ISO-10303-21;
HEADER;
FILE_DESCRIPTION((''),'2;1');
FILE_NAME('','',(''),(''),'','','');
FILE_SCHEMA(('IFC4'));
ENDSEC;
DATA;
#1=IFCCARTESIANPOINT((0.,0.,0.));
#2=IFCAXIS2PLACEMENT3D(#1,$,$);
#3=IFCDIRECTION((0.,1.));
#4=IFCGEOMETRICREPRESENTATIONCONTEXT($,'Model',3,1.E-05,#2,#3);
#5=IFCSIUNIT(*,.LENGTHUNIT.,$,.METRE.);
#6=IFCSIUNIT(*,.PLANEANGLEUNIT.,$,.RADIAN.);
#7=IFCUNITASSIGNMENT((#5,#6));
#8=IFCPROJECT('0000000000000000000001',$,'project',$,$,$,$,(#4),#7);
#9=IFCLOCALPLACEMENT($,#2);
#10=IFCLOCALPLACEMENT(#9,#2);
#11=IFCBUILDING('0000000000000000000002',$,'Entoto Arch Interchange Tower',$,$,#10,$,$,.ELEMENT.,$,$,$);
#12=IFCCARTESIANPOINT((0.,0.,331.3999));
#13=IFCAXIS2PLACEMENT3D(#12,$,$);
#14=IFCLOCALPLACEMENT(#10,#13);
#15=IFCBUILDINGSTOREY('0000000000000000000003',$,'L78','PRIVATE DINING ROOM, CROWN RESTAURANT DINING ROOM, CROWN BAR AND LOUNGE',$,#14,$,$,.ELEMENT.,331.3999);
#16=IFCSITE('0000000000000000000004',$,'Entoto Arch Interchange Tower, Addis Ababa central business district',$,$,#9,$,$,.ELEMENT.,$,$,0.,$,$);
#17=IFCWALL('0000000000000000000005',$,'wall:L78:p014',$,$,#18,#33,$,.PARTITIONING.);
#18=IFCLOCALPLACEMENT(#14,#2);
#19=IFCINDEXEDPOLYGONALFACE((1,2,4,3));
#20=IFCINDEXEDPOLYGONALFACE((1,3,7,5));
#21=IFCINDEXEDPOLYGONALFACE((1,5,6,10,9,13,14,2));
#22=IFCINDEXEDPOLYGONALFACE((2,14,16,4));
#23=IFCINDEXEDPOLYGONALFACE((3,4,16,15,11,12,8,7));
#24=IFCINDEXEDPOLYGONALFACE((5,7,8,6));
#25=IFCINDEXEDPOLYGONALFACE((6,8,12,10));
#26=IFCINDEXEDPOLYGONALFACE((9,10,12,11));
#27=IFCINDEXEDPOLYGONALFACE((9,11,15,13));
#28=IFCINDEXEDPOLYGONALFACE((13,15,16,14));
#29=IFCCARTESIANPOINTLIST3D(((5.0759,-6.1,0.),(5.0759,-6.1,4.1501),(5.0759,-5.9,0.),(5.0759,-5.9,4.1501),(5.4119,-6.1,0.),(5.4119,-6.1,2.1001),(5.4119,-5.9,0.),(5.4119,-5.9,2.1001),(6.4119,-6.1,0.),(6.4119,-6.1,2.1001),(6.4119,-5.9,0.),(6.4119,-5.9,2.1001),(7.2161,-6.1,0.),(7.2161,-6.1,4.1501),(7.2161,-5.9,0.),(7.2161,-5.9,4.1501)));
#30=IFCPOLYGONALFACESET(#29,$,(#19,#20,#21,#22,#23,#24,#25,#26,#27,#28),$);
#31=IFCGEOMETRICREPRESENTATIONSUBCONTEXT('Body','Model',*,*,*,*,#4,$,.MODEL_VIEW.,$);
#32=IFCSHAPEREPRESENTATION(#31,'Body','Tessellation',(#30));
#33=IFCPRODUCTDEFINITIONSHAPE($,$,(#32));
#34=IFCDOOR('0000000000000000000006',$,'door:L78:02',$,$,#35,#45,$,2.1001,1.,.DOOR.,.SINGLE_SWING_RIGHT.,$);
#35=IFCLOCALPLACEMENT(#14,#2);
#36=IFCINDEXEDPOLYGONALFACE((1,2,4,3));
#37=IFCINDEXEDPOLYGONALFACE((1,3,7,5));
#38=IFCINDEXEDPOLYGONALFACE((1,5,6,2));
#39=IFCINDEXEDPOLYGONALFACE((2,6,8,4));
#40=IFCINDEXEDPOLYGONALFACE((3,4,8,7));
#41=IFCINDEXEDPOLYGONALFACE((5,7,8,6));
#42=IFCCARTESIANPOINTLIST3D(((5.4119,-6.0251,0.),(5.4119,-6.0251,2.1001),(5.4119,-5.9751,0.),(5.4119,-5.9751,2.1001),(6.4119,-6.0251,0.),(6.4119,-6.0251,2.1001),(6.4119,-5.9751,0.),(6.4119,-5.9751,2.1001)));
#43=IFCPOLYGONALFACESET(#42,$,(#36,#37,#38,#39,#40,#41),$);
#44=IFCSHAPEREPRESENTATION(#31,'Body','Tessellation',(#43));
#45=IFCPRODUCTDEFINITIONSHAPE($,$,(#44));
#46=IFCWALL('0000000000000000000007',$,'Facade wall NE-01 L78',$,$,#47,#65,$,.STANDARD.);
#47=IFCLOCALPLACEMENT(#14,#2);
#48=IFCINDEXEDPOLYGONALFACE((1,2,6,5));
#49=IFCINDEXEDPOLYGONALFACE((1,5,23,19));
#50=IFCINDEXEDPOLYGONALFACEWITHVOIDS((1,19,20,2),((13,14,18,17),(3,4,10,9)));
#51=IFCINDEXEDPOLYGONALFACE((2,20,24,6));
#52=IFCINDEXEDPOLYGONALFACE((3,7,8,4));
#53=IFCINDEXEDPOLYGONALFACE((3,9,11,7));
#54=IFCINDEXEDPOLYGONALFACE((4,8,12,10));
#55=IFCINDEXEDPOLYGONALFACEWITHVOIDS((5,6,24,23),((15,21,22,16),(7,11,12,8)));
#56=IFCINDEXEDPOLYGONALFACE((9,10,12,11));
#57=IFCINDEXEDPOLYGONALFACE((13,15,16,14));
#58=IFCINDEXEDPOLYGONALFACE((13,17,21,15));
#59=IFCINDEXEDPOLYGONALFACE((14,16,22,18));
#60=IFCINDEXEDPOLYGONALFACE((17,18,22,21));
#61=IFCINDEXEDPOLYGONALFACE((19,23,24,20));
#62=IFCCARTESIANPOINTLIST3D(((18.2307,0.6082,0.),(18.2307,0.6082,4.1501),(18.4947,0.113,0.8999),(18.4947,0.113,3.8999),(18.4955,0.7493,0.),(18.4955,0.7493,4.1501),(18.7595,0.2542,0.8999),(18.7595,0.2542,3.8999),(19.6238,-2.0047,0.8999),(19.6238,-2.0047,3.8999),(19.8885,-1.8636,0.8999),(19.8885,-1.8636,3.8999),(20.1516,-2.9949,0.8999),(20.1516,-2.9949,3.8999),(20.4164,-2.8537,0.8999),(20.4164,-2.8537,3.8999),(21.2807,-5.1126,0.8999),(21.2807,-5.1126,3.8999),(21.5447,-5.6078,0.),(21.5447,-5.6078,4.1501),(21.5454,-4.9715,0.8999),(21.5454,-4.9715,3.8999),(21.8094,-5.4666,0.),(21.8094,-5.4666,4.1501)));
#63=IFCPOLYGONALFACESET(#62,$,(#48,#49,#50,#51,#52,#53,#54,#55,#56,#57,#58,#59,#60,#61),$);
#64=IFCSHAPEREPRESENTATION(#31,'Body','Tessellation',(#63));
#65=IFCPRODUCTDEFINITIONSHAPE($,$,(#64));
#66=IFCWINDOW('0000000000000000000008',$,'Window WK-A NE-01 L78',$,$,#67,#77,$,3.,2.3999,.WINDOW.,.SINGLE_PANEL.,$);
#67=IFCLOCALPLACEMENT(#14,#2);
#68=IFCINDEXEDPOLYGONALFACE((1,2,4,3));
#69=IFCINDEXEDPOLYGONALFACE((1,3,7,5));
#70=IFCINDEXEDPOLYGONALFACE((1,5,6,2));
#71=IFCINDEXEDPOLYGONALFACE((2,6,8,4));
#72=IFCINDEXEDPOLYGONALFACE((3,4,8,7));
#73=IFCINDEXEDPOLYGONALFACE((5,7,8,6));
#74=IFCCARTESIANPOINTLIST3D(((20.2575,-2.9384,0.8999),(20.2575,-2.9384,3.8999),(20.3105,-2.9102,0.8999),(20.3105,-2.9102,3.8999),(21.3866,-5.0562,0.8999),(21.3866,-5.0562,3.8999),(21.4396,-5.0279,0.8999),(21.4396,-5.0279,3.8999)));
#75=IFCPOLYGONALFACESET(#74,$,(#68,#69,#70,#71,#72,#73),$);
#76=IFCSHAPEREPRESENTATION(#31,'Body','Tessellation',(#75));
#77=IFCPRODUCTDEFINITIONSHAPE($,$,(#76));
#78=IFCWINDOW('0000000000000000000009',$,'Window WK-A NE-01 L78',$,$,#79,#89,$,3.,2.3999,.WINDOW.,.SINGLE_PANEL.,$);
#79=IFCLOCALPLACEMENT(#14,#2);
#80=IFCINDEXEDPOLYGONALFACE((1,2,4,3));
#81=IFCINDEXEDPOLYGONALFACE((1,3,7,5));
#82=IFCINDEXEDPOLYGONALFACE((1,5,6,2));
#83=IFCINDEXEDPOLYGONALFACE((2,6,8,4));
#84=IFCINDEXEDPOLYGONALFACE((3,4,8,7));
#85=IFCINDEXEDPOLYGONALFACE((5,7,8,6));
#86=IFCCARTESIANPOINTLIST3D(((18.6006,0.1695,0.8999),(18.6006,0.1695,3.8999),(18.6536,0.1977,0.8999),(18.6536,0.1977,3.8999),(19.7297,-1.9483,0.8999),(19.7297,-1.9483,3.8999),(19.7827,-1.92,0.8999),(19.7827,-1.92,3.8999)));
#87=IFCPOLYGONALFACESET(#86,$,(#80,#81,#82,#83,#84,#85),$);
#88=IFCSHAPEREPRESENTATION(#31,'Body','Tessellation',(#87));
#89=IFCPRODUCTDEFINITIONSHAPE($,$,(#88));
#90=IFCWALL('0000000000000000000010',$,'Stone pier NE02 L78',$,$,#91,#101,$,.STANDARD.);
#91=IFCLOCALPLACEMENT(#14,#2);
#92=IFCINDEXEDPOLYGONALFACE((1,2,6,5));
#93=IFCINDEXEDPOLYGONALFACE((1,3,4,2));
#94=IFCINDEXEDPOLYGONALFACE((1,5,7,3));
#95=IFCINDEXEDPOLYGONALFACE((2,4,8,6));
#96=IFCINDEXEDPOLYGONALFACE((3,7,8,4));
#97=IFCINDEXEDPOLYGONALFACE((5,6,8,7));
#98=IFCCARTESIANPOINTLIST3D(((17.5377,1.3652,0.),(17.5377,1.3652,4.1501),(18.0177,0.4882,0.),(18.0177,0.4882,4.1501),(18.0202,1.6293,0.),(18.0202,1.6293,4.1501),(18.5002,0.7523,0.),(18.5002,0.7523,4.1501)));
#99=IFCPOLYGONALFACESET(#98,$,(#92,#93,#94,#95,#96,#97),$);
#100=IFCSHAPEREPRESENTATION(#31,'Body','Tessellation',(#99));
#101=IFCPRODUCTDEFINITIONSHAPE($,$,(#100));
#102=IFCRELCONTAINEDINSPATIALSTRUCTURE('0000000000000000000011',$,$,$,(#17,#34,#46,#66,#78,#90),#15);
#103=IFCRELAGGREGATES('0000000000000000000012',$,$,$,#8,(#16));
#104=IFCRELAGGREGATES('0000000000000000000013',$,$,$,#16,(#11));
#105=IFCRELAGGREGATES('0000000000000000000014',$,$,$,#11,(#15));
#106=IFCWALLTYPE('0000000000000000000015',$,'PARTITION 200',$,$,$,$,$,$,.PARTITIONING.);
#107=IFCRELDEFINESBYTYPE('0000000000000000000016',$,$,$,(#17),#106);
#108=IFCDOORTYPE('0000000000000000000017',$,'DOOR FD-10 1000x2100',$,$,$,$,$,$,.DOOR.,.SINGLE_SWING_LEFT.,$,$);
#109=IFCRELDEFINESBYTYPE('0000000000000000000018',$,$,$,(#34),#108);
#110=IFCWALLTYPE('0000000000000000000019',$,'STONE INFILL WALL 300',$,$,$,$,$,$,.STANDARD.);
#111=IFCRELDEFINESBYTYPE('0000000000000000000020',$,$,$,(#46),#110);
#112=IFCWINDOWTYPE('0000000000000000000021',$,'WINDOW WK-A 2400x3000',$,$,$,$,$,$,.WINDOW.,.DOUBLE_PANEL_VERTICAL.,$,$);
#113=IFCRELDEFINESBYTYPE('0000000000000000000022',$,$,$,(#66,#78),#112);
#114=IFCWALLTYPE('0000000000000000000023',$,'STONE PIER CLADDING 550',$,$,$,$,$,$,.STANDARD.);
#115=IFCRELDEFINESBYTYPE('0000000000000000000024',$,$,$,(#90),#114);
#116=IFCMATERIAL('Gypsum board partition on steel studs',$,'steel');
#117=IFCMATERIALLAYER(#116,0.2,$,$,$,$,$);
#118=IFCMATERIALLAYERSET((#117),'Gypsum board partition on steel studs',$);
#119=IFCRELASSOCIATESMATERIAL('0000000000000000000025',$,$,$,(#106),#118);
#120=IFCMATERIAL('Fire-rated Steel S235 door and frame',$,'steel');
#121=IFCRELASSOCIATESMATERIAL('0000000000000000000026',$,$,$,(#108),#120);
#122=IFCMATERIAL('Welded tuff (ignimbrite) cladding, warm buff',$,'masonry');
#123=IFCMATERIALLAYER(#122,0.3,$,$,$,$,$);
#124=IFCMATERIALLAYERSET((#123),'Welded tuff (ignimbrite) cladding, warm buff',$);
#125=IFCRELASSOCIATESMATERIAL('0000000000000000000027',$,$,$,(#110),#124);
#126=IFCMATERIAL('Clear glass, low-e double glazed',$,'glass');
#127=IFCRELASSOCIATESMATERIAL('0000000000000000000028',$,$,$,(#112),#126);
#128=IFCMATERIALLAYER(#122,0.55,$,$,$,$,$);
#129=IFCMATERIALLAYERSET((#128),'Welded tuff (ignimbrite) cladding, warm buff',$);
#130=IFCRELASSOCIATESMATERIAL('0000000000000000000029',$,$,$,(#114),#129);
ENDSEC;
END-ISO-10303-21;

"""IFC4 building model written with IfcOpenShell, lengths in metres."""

from ifc_helpers import new_model, si_unit, direction, frame, frame_2d, origin, place, context, subcontext, project, spatial, rectangle, extrude, material, layer, layer_set, type_object, element, fill, save


model = new_model("IFC4")

# Units and contexts
model_context = context("Model", 3, precision=1e-05, world=origin(), true_north=direction((0.0, 1.0)))
body_context = subcontext(model_context, "Body", "Model", "MODEL_VIEW")
ifc_project = project(units=[si_unit("LENGTHUNIT", "METRE"), si_unit("PLANEANGLEUNIT", "RADIAN")], contexts=[model_context])

# Site, building, storey
site_placement = place(None, origin())
site = spatial("IfcSite", under=ifc_project, at=site_placement, Name="Entoto Arch Interchange Tower, Addis Ababa central business district", CompositionType="ELEMENT", RefElevation=0.0)
building_placement = place(site_placement, origin())
building = spatial("IfcBuilding", under=site, at=building_placement, Name="Entoto Arch Interchange Tower", CompositionType="ELEMENT")
storey_placement = place(building_placement, frame((0.0, 0.0, 331.3999)))
storey = spatial("IfcBuildingStorey", under=building, at=storey_placement, Name="L78", Description="PRIVATE DINING ROOM, CROWN RESTAURANT DINING ROOM, CROWN BAR AND LOUNGE", CompositionType="ELEMENT", Elevation=331.3999)

# Shared definitions
ifc_material_1 = material(Name="Gypsum board partition on steel studs", Category="steel")
ifc_layer_1 = layer(ifc_material_1, 0.2)
ifc_layer_set_1 = layer_set([ifc_layer_1], Name="Gypsum board partition on steel studs")
wall_type_1 = type_object("IfcWallType", Name="PARTITION 200", PredefinedType="PARTITIONING", material=ifc_layer_set_1)

# Wall, opening, door
wall_1_placement = place(storey_placement, frame((5.0759, -6.0, 0.0), z_axis=(0.0, 0.0, 1.0), x_axis=(1.0, 0.0, 0.0)))
wall_1 = element("IfcWall", 1, at=wall_1_placement, inside=storey, type_object=wall_type_1, Name="wall:L78:p014", PredefinedType="PARTITIONING", context=body_context, shape_type="SweptSolid", body=[
    extrude(rectangle(XDim=2.1401, YDim=0.2, at=frame_2d((1.0701, 0.0))), origin(), (0.0, 0.0, 1.0), 4.1501),
])
opening_1_placement = place(wall_1_placement, frame((0.3359, 0.0, 0.0)))
opening_1 = element("IfcOpeningElement", 2, at=opening_1_placement, cuts=wall_1, PredefinedType="OPENING", context=body_context, shape_type="SweptSolid", body=[
    extrude(rectangle(XDim=1.0, YDim=2.1001, at=frame_2d((0.5, 1.05))), frame((0.0, 0.1099, 0.0), z_axis=(0.0, -1.0, 0.0), x_axis=(1.0, 0.0, 0.0)), (0.0, 0.0, 1.0), 0.22),
])
ifc_material_2 = material(Name="Fire-rated Steel S235 door and frame", Category="steel")
door_type_1 = type_object("IfcDoorType", Name="DOOR FD-10 1000x2100", OperationType="SINGLE_SWING_LEFT", PredefinedType="DOOR", material=ifc_material_2)
door_1_placement = place(opening_1_placement, origin())
door_1 = element("IfcDoor", 3, at=door_1_placement, inside=storey, type_object=door_type_1, Name="door:L78:02", OperationType="SINGLE_SWING_RIGHT", OverallHeight=2.1001, OverallWidth=1.0, PredefinedType="DOOR", context=body_context, shape_type="SweptSolid", body=[
    extrude(rectangle(XDim=1.0, YDim=2.1001, at=frame_2d((0.5, 1.05))), frame((0.0, 0.0249, 0.0), z_axis=(0.0, -1.0, 0.0), x_axis=(1.0, 0.0, 0.0)), (0.0, 0.0, 1.0), 0.05),
])
fill(opening_1, door_1)

# Wall, openings, windows
ifc_material_3 = material(Name="Welded tuff (ignimbrite) cladding, warm buff", Category="masonry")
ifc_layer_2 = layer(ifc_material_3, 0.3)
ifc_layer_set_2 = layer_set([ifc_layer_2], Name="Welded tuff (ignimbrite) cladding, warm buff")
wall_type_2 = type_object("IfcWallType", Name="STONE INFILL WALL 300", PredefinedType="STANDARD", material=ifc_layer_set_2)
wall_2_placement = place(storey_placement, frame((21.677, -5.5371, 0.0), z_axis=(0.0, 0.0, 1.0), x_axis=(-0.470448, 0.882428, 0.0)))
wall_2 = element("IfcWall", 4, at=wall_2_placement, inside=storey, type_object=wall_type_2, Name="Facade wall NE-01 L78", PredefinedType="STANDARD", context=body_context, shape_type="SweptSolid", body=[
    extrude(rectangle(XDim=7.0442, YDim=0.3, at=frame_2d((3.522, 0.0))), origin(), (0.0, 0.0, 1.0), 4.1501),
])
opening_2_placement = place(wall_2_placement, frame((0.561, 0.0, 0.8999)))
opening_2 = element("IfcOpeningElement", 5, at=opening_2_placement, cuts=wall_2, PredefinedType="OPENING", context=body_context, shape_type="SweptSolid", body=[
    extrude(rectangle(XDim=2.3999, YDim=3.0, at=frame_2d((1.2, 1.5))), frame((0.0, 0.1602, 0.0), z_axis=(0.0, -1.0, 0.0), x_axis=(1.0, 0.0, 0.0)), (0.0, 0.0, 1.0), 0.3201),
])
opening_3_placement = place(wall_2_placement, frame((4.083, 0.0, 0.8999)))
opening_3 = element("IfcOpeningElement", 6, at=opening_3_placement, cuts=wall_2, PredefinedType="OPENING", context=body_context, shape_type="SweptSolid", body=[
    extrude(rectangle(XDim=2.3999, YDim=3.0, at=frame_2d((1.2, 1.5))), frame((0.0, 0.1602, 0.0), z_axis=(0.0, -1.0, 0.0), x_axis=(1.0, 0.0, 0.0)), (0.0, 0.0, 1.0), 0.3201),
])
ifc_material_4 = material(Name="Clear glass, low-e double glazed", Category="glass")
window_type = type_object("IfcWindowType", Name="WINDOW WK-A 2400x3000", PartitioningType="DOUBLE_PANEL_VERTICAL", PredefinedType="WINDOW", material=ifc_material_4)
window_1_placement = place(opening_2_placement, origin())
window_1 = element("IfcWindow", 7, at=window_1_placement, inside=storey, type_object=window_type, Name="Window WK-A NE-01 L78", OverallHeight=3.0, OverallWidth=2.3999, PartitioningType="SINGLE_PANEL", PredefinedType="WINDOW", context=body_context, shape_type="SweptSolid", body=[
    extrude(rectangle(XDim=2.3999, YDim=3.0, at=frame_2d((1.2, 1.5))), frame((0.0, 0.03, 0.0), z_axis=(0.0, -1.0, 0.0), x_axis=(1.0, 0.0, 0.0)), (0.0, 0.0, 1.0), 0.0601),
])
fill(opening_2, window_1)
window_2_placement = place(opening_3_placement, origin())
window_2 = element("IfcWindow", 8, at=window_2_placement, inside=storey, type_object=window_type, Name="Window WK-A NE-01 L78", OverallHeight=3.0, OverallWidth=2.3999, PartitioningType="SINGLE_PANEL", PredefinedType="WINDOW", context=body_context, shape_type="SweptSolid", body=[
    extrude(rectangle(XDim=2.3999, YDim=3.0, at=frame_2d((1.2, 1.5))), frame((0.0, 0.03, 0.0), z_axis=(0.0, -1.0, 0.0), x_axis=(1.0, 0.0, 0.0)), (0.0, 0.0, 1.0), 0.0601),
])
fill(opening_3, window_2)

# Wall
ifc_layer_3 = layer(ifc_material_3, 0.55)
ifc_layer_set_3 = layer_set([ifc_layer_3], Name="Welded tuff (ignimbrite) cladding, warm buff")
wall_type_3 = type_object("IfcWallType", Name="STONE PIER CLADDING 550", PredefinedType="STANDARD", material=ifc_layer_set_3)
wall_3_placement = place(storey_placement, frame((18.259, 0.6201, 0.0), z_axis=(0.0, 0.0, 1.0), x_axis=(-0.480118, 0.877204, 0.0)))
element("IfcWall", 9, at=wall_3_placement, inside=storey, type_object=wall_type_3, Name="Stone pier NE02 L78", PredefinedType="STANDARD", context=body_context, shape_type="SweptSolid", body=[
    extrude(rectangle(XDim=0.9998, YDim=0.55, at=frame_2d((0.5, 0.0))), origin(), (0.0, 0.0, 1.0), 4.1501),
])

save(model, "model.ifc")
